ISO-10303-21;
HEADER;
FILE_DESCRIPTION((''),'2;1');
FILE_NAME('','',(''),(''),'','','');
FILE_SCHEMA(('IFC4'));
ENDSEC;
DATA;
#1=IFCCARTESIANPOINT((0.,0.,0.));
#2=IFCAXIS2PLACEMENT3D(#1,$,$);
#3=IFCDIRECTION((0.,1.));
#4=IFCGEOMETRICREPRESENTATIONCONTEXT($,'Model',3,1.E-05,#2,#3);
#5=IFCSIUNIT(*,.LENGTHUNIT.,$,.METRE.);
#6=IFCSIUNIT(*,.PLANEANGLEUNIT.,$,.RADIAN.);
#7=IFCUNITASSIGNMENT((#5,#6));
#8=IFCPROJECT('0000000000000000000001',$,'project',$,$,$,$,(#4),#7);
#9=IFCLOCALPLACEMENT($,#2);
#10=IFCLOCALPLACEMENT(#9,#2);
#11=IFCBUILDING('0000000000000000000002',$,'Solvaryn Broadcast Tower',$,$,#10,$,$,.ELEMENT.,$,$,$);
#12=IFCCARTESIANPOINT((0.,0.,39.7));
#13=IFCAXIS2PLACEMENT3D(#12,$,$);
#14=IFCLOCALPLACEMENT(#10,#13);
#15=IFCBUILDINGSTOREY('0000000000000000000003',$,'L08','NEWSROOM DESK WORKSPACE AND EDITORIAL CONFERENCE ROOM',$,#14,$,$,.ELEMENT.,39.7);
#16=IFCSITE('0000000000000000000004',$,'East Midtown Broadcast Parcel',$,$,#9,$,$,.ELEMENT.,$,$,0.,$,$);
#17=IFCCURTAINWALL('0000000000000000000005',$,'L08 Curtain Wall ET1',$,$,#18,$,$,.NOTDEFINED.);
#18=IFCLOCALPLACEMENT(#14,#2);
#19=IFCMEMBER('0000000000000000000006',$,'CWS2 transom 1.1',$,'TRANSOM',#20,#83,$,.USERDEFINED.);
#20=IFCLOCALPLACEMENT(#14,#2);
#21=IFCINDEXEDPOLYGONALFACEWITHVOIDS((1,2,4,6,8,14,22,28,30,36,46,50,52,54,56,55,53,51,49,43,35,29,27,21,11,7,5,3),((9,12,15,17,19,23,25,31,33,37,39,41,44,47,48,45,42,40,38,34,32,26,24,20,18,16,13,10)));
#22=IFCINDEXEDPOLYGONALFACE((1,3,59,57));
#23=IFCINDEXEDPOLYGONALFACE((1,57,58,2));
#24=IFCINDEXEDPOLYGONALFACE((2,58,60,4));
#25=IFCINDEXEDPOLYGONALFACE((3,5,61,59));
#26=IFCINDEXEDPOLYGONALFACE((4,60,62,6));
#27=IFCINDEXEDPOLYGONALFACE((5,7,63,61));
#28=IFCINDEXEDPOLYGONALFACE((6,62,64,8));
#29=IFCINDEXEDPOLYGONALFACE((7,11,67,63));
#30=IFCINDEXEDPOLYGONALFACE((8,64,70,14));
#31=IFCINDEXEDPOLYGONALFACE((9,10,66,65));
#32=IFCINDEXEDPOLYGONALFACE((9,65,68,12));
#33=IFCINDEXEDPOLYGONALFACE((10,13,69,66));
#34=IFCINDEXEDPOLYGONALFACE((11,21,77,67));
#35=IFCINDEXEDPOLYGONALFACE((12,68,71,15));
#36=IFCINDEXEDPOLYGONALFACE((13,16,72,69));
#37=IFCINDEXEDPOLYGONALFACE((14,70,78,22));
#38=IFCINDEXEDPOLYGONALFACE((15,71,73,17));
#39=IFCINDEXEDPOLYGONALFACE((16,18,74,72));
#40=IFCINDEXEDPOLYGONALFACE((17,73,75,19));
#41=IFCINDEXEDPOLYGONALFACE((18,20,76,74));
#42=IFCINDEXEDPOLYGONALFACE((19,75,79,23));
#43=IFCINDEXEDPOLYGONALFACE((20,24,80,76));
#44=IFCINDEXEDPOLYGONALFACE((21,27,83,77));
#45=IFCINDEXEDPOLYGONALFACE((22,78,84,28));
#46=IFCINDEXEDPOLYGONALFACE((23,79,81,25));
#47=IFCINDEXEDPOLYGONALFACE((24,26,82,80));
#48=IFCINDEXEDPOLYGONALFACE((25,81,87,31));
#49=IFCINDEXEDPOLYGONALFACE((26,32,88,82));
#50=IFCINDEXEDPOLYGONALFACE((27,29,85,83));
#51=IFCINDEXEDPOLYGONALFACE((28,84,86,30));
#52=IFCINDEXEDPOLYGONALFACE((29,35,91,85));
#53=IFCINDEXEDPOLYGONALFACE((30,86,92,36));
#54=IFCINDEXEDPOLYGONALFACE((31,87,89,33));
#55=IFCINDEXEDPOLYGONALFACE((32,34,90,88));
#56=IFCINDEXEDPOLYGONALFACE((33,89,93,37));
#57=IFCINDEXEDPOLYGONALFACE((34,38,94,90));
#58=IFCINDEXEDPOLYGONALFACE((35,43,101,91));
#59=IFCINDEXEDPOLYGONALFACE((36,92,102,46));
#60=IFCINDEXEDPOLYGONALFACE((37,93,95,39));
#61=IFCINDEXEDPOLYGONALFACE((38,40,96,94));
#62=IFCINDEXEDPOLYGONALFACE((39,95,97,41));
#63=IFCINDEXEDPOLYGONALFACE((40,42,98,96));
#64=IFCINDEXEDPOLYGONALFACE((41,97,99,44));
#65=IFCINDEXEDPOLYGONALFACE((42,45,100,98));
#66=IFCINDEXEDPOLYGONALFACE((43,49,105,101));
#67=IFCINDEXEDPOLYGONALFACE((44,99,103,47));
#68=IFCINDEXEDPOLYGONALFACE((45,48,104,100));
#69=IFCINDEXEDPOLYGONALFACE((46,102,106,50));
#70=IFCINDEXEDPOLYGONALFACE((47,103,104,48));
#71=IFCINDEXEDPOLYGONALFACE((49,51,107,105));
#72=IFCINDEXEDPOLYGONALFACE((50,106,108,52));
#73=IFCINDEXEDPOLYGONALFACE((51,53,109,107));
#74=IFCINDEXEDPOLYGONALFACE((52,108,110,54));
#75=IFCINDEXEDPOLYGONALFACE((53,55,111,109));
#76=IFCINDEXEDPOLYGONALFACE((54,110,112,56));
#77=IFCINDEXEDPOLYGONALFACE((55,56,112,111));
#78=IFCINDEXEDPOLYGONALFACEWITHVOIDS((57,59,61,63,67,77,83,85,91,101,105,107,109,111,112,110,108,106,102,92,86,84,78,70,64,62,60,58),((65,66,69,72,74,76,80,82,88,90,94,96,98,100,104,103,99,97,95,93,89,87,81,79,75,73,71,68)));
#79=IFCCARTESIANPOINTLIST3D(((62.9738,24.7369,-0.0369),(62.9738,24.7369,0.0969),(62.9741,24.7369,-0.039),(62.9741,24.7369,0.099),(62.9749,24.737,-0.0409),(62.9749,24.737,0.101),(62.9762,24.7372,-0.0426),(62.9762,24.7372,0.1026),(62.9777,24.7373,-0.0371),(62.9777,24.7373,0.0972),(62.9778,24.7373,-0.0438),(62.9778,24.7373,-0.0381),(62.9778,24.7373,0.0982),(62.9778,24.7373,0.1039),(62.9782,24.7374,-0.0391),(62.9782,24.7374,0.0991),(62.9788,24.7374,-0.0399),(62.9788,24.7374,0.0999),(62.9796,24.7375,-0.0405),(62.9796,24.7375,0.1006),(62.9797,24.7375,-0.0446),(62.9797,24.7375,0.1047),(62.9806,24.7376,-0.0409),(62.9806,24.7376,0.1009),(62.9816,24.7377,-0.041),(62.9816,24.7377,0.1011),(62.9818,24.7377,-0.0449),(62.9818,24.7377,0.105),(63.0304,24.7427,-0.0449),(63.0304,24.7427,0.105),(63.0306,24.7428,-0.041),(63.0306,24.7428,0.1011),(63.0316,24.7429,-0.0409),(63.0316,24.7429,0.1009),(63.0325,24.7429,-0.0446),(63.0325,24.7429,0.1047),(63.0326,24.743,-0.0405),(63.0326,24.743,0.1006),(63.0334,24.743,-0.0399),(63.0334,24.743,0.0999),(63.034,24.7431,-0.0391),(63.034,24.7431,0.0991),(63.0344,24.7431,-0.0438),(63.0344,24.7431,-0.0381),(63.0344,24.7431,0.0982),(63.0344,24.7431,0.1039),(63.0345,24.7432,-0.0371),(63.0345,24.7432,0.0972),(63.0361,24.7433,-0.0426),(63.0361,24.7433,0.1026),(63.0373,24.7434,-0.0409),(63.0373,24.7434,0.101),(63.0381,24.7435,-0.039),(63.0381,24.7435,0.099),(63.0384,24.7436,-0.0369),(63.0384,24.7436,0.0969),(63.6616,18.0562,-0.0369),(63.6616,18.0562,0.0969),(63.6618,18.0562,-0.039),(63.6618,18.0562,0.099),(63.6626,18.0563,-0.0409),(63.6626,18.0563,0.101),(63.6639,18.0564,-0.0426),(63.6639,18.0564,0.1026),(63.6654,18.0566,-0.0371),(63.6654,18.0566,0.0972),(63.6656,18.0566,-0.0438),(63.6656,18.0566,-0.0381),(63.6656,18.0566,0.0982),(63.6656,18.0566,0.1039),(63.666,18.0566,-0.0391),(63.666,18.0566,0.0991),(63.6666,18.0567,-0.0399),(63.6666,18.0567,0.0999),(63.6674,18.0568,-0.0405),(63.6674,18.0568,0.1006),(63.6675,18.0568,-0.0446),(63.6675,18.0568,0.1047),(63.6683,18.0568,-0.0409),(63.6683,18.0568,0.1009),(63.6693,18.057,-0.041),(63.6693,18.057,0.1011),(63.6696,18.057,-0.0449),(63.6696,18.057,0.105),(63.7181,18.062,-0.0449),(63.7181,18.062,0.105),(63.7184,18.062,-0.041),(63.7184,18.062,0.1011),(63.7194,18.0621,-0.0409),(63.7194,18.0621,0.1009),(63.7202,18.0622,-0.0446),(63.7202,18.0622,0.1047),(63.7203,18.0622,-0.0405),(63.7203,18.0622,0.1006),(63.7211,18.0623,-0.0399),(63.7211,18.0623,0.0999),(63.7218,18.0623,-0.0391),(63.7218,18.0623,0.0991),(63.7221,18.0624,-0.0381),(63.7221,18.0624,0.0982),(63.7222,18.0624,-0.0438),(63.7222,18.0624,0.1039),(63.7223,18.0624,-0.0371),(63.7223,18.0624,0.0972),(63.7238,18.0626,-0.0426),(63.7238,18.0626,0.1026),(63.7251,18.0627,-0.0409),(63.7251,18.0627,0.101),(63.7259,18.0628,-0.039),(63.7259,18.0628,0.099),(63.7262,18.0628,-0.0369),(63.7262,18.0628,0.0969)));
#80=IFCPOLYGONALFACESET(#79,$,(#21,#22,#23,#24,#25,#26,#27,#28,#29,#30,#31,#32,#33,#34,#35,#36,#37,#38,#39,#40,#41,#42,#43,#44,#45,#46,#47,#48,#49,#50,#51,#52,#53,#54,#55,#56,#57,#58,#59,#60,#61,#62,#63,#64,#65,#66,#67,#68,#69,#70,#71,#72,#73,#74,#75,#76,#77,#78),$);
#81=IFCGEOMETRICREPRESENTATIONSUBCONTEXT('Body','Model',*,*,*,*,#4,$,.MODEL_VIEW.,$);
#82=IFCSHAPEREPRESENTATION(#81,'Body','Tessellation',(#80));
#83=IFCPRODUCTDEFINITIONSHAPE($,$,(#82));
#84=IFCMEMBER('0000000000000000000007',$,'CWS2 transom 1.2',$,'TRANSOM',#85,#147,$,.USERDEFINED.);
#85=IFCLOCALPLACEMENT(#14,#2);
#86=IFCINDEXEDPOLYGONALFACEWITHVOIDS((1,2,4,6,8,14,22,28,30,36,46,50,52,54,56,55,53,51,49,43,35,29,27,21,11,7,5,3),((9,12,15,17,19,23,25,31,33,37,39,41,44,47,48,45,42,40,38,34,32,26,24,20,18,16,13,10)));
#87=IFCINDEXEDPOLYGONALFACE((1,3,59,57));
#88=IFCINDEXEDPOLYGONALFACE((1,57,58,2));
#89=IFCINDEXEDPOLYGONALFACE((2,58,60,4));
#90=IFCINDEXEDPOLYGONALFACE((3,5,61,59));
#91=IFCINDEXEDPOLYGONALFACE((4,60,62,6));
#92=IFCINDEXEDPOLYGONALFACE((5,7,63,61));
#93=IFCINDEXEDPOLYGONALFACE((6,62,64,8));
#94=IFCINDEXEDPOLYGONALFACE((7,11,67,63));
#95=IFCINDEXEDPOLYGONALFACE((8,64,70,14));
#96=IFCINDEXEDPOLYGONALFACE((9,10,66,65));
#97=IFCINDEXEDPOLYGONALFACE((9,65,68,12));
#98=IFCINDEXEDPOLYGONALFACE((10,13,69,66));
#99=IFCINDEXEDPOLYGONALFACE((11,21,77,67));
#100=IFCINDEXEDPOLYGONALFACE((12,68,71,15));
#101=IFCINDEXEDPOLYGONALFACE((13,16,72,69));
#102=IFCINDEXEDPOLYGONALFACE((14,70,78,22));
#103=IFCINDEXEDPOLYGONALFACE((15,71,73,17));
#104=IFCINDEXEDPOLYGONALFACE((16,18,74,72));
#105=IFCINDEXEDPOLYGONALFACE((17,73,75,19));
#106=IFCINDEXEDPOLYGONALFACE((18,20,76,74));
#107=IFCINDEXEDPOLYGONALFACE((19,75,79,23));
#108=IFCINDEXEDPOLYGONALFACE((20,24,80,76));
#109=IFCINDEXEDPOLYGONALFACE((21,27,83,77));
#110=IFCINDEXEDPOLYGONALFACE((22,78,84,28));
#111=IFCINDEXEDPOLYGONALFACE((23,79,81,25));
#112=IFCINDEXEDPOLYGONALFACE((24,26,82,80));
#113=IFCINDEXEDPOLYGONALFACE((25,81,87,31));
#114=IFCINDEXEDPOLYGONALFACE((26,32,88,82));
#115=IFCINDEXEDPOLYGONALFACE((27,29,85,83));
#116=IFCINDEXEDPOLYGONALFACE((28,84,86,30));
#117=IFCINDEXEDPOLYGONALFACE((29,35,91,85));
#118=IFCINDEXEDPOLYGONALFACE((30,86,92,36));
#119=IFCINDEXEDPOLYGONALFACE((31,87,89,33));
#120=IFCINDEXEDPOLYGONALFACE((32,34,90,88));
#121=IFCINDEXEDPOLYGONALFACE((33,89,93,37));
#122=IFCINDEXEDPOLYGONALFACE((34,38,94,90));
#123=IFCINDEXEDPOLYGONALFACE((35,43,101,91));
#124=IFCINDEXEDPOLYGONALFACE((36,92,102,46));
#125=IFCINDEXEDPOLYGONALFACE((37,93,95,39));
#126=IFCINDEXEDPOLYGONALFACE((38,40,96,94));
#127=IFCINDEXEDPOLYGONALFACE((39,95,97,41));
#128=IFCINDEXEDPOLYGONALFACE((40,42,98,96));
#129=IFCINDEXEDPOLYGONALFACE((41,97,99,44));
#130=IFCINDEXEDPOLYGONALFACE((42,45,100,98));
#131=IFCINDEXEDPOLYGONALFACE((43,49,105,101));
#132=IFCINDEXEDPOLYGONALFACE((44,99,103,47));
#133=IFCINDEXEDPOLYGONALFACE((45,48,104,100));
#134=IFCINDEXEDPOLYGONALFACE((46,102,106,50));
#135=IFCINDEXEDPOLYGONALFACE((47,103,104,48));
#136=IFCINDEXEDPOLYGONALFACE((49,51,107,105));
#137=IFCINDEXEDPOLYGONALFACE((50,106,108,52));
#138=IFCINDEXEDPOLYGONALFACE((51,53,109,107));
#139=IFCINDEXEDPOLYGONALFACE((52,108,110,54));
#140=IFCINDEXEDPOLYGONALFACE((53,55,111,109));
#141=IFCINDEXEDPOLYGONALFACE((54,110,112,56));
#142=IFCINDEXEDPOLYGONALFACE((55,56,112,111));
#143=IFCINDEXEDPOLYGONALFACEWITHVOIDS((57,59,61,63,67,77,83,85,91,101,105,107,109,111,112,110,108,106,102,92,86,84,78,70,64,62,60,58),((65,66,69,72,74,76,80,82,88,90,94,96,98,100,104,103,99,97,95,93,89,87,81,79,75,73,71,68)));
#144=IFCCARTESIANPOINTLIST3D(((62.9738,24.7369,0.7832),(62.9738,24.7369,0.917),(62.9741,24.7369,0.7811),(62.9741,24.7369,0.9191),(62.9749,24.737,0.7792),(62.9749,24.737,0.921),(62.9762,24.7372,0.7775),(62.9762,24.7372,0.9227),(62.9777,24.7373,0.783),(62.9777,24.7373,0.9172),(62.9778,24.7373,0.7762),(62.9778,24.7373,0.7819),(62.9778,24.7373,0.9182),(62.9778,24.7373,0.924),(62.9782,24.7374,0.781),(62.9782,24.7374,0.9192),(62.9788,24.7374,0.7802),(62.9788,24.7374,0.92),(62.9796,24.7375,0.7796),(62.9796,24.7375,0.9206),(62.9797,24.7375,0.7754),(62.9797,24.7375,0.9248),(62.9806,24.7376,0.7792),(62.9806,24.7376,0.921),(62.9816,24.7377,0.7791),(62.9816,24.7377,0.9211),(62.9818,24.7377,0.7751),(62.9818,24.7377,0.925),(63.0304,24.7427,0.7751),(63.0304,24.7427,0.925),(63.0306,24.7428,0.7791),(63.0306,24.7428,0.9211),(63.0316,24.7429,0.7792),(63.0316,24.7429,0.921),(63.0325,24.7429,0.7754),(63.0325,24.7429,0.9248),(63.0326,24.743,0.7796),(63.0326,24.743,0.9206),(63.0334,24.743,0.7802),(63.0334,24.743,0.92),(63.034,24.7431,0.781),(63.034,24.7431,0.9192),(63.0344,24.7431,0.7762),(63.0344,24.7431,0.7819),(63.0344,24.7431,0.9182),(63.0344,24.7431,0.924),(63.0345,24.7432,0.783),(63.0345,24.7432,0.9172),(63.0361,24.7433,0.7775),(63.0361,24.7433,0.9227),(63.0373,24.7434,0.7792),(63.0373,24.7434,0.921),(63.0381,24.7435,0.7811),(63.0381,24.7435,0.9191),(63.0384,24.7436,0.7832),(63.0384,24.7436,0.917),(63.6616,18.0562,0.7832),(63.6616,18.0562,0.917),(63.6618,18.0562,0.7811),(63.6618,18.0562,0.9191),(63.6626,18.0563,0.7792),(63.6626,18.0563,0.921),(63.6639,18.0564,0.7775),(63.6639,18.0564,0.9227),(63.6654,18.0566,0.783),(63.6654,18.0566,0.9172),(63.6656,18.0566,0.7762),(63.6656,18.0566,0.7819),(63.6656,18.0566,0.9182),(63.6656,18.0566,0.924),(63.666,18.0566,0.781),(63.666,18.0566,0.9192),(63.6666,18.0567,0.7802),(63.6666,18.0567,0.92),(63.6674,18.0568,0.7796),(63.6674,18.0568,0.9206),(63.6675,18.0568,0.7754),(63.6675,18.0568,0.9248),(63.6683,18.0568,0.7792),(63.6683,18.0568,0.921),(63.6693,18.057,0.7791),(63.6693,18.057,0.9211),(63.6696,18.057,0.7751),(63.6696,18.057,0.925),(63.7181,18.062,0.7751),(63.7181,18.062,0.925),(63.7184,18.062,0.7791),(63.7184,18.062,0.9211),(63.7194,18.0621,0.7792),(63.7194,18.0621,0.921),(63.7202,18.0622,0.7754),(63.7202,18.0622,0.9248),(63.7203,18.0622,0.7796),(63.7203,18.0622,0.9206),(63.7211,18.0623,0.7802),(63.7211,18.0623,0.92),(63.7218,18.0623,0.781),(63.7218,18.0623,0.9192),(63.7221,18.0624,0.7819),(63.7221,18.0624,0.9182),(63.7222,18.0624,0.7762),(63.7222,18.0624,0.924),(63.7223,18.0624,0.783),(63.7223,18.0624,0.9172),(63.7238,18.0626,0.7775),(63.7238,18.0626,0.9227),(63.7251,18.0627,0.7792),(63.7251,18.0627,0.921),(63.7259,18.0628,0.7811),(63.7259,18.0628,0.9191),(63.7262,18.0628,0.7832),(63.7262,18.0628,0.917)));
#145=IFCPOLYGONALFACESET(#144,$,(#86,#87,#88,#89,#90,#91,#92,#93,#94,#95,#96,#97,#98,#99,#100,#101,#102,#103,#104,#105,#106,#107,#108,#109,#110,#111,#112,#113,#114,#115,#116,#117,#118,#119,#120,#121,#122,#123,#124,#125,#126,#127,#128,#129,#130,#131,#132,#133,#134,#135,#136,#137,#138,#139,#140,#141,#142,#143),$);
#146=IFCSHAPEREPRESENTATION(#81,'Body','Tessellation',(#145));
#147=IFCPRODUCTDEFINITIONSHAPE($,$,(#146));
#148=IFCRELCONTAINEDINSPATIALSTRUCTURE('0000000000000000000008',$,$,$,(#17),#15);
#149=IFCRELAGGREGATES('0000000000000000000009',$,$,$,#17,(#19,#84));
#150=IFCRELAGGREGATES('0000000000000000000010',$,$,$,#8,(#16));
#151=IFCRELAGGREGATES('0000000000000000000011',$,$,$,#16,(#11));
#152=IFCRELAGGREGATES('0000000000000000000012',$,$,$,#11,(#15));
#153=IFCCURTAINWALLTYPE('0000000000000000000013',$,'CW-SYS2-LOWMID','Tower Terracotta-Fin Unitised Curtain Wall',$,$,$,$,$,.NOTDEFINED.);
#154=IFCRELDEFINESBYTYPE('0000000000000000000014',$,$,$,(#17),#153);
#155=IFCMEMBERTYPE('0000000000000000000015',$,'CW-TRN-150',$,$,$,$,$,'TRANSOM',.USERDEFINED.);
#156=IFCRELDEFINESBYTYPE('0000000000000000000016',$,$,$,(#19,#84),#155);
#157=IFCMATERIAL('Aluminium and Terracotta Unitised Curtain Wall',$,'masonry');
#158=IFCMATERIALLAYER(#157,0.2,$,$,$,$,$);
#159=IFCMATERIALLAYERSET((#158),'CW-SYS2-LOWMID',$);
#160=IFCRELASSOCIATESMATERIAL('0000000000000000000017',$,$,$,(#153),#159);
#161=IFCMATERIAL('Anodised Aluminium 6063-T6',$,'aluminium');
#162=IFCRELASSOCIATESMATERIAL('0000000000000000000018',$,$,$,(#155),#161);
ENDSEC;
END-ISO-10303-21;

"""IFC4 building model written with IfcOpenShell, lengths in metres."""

from ifc_helpers import new_model, si_unit, direction, frame, origin, origin_2d, place, context, subcontext, project, spatial, hollow_rectangle, extrude, material, layer, layer_set, material_profile, profile_set, type_object, element, aggregate, save


model = new_model("IFC4")

# Units and contexts
model_context = context("Model", 3, precision=1e-05, world=origin(), true_north=direction((0.0, 1.0)))
body_context = subcontext(model_context, "Body", "Model", "MODEL_VIEW")
ifc_project = project(units=[si_unit("LENGTHUNIT", "METRE"), si_unit("PLANEANGLEUNIT", "RADIAN")], contexts=[model_context])

# Site, building, storey
site_placement = place(None, origin())
site = spatial("IfcSite", under=ifc_project, at=site_placement, Name="East Midtown Broadcast Parcel", CompositionType="ELEMENT", RefElevation=0.0)
building_placement = place(site_placement, origin())
building = spatial("IfcBuilding", under=site, at=building_placement, Name="Solvaryn Broadcast Tower", CompositionType="ELEMENT")
storey_placement = place(building_placement, frame((0.0, 0.0, 39.7)))
storey = spatial("IfcBuildingStorey", under=building, at=storey_placement, Name="L08", Description="NEWSROOM DESK WORKSPACE AND EDITORIAL CONFERENCE ROOM", CompositionType="ELEMENT", Elevation=39.7)

# Curtain wall
ifc_material_1 = material(Name="Aluminium and Terracotta Unitised Curtain Wall", Category="masonry")
ifc_layer_1 = layer(ifc_material_1, 0.2)
ifc_layer_set_1 = layer_set([ifc_layer_1], Name="CW-SYS2-LOWMID")
curtain_wall_type = type_object("IfcCurtainWallType", Name="CW-SYS2-LOWMID", Description="Tower Terracotta-Fin Unitised Curtain Wall", PredefinedType="NOTDEFINED", material=ifc_layer_set_1)
curtain_wall_1_placement = place(storey_placement, origin())
curtain_wall_1 = element("IfcCurtainWall", 1, at=curtain_wall_1_placement, inside=storey, type_object=curtain_wall_type, Name="L08 Curtain Wall ET1", PredefinedType="NOTDEFINED")

# Members
ifc_material_2 = material(Name="Anodised Aluminium 6063-T6", Category="aluminium")
ifc_material_profile_1 = material_profile(ifc_material_2, hollow_rectangle(XDim=0.0649, YDim=0.1499, WallThickness=0.0039, InnerFilletRadius=0.0039, OuterFilletRadius=0.0081, at=origin_2d()))
ifc_profile_set_1 = profile_set([ifc_material_profile_1], Name="Anodised Aluminium 6063-T6")
member_type_1 = type_object("IfcMemberType", Name="CW-TRN-150", ElementType="TRANSOM", PredefinedType="USERDEFINED", material=ifc_profile_set_1)
member_1_placement = place(storey_placement, frame((63.0061, 24.7402, 0.03), z_axis=(0.102404, -0.994743, 0.0), x_axis=(0.994743, 0.102404, 0.0)))
member_1 = element("IfcMember", 2, at=member_1_placement, type_object=member_type_1, Name="CWS2 transom 1.1", ObjectType="TRANSOM", PredefinedType="USERDEFINED", context=body_context, shape_type="SweptSolid", body=[
    extrude(hollow_rectangle(XDim=0.0649, YDim=0.1499, WallThickness=0.0039, InnerFilletRadius=0.0039, OuterFilletRadius=0.0081, at=origin_2d()), origin(), (0.0, 0.0, 1.0), 6.7161),
])
member_2_placement = place(storey_placement, frame((63.0061, 24.7402, 0.8501), z_axis=(0.102404, -0.994743, 0.0), x_axis=(0.994743, 0.102404, 0.0)))
member_2 = element("IfcMember", 3, at=member_2_placement, type_object=member_type_1, Name="CWS2 transom 1.2", ObjectType="TRANSOM", PredefinedType="USERDEFINED", context=body_context, shape_type="SweptSolid", body=[
    extrude(hollow_rectangle(XDim=0.0649, YDim=0.1499, WallThickness=0.0039, InnerFilletRadius=0.0039, OuterFilletRadius=0.0081, at=origin_2d()), origin(), (0.0, 0.0, 1.0), 6.7161),
])

aggregate(curtain_wall_1, [member_1, member_2])

save(model, "model.ifc")
